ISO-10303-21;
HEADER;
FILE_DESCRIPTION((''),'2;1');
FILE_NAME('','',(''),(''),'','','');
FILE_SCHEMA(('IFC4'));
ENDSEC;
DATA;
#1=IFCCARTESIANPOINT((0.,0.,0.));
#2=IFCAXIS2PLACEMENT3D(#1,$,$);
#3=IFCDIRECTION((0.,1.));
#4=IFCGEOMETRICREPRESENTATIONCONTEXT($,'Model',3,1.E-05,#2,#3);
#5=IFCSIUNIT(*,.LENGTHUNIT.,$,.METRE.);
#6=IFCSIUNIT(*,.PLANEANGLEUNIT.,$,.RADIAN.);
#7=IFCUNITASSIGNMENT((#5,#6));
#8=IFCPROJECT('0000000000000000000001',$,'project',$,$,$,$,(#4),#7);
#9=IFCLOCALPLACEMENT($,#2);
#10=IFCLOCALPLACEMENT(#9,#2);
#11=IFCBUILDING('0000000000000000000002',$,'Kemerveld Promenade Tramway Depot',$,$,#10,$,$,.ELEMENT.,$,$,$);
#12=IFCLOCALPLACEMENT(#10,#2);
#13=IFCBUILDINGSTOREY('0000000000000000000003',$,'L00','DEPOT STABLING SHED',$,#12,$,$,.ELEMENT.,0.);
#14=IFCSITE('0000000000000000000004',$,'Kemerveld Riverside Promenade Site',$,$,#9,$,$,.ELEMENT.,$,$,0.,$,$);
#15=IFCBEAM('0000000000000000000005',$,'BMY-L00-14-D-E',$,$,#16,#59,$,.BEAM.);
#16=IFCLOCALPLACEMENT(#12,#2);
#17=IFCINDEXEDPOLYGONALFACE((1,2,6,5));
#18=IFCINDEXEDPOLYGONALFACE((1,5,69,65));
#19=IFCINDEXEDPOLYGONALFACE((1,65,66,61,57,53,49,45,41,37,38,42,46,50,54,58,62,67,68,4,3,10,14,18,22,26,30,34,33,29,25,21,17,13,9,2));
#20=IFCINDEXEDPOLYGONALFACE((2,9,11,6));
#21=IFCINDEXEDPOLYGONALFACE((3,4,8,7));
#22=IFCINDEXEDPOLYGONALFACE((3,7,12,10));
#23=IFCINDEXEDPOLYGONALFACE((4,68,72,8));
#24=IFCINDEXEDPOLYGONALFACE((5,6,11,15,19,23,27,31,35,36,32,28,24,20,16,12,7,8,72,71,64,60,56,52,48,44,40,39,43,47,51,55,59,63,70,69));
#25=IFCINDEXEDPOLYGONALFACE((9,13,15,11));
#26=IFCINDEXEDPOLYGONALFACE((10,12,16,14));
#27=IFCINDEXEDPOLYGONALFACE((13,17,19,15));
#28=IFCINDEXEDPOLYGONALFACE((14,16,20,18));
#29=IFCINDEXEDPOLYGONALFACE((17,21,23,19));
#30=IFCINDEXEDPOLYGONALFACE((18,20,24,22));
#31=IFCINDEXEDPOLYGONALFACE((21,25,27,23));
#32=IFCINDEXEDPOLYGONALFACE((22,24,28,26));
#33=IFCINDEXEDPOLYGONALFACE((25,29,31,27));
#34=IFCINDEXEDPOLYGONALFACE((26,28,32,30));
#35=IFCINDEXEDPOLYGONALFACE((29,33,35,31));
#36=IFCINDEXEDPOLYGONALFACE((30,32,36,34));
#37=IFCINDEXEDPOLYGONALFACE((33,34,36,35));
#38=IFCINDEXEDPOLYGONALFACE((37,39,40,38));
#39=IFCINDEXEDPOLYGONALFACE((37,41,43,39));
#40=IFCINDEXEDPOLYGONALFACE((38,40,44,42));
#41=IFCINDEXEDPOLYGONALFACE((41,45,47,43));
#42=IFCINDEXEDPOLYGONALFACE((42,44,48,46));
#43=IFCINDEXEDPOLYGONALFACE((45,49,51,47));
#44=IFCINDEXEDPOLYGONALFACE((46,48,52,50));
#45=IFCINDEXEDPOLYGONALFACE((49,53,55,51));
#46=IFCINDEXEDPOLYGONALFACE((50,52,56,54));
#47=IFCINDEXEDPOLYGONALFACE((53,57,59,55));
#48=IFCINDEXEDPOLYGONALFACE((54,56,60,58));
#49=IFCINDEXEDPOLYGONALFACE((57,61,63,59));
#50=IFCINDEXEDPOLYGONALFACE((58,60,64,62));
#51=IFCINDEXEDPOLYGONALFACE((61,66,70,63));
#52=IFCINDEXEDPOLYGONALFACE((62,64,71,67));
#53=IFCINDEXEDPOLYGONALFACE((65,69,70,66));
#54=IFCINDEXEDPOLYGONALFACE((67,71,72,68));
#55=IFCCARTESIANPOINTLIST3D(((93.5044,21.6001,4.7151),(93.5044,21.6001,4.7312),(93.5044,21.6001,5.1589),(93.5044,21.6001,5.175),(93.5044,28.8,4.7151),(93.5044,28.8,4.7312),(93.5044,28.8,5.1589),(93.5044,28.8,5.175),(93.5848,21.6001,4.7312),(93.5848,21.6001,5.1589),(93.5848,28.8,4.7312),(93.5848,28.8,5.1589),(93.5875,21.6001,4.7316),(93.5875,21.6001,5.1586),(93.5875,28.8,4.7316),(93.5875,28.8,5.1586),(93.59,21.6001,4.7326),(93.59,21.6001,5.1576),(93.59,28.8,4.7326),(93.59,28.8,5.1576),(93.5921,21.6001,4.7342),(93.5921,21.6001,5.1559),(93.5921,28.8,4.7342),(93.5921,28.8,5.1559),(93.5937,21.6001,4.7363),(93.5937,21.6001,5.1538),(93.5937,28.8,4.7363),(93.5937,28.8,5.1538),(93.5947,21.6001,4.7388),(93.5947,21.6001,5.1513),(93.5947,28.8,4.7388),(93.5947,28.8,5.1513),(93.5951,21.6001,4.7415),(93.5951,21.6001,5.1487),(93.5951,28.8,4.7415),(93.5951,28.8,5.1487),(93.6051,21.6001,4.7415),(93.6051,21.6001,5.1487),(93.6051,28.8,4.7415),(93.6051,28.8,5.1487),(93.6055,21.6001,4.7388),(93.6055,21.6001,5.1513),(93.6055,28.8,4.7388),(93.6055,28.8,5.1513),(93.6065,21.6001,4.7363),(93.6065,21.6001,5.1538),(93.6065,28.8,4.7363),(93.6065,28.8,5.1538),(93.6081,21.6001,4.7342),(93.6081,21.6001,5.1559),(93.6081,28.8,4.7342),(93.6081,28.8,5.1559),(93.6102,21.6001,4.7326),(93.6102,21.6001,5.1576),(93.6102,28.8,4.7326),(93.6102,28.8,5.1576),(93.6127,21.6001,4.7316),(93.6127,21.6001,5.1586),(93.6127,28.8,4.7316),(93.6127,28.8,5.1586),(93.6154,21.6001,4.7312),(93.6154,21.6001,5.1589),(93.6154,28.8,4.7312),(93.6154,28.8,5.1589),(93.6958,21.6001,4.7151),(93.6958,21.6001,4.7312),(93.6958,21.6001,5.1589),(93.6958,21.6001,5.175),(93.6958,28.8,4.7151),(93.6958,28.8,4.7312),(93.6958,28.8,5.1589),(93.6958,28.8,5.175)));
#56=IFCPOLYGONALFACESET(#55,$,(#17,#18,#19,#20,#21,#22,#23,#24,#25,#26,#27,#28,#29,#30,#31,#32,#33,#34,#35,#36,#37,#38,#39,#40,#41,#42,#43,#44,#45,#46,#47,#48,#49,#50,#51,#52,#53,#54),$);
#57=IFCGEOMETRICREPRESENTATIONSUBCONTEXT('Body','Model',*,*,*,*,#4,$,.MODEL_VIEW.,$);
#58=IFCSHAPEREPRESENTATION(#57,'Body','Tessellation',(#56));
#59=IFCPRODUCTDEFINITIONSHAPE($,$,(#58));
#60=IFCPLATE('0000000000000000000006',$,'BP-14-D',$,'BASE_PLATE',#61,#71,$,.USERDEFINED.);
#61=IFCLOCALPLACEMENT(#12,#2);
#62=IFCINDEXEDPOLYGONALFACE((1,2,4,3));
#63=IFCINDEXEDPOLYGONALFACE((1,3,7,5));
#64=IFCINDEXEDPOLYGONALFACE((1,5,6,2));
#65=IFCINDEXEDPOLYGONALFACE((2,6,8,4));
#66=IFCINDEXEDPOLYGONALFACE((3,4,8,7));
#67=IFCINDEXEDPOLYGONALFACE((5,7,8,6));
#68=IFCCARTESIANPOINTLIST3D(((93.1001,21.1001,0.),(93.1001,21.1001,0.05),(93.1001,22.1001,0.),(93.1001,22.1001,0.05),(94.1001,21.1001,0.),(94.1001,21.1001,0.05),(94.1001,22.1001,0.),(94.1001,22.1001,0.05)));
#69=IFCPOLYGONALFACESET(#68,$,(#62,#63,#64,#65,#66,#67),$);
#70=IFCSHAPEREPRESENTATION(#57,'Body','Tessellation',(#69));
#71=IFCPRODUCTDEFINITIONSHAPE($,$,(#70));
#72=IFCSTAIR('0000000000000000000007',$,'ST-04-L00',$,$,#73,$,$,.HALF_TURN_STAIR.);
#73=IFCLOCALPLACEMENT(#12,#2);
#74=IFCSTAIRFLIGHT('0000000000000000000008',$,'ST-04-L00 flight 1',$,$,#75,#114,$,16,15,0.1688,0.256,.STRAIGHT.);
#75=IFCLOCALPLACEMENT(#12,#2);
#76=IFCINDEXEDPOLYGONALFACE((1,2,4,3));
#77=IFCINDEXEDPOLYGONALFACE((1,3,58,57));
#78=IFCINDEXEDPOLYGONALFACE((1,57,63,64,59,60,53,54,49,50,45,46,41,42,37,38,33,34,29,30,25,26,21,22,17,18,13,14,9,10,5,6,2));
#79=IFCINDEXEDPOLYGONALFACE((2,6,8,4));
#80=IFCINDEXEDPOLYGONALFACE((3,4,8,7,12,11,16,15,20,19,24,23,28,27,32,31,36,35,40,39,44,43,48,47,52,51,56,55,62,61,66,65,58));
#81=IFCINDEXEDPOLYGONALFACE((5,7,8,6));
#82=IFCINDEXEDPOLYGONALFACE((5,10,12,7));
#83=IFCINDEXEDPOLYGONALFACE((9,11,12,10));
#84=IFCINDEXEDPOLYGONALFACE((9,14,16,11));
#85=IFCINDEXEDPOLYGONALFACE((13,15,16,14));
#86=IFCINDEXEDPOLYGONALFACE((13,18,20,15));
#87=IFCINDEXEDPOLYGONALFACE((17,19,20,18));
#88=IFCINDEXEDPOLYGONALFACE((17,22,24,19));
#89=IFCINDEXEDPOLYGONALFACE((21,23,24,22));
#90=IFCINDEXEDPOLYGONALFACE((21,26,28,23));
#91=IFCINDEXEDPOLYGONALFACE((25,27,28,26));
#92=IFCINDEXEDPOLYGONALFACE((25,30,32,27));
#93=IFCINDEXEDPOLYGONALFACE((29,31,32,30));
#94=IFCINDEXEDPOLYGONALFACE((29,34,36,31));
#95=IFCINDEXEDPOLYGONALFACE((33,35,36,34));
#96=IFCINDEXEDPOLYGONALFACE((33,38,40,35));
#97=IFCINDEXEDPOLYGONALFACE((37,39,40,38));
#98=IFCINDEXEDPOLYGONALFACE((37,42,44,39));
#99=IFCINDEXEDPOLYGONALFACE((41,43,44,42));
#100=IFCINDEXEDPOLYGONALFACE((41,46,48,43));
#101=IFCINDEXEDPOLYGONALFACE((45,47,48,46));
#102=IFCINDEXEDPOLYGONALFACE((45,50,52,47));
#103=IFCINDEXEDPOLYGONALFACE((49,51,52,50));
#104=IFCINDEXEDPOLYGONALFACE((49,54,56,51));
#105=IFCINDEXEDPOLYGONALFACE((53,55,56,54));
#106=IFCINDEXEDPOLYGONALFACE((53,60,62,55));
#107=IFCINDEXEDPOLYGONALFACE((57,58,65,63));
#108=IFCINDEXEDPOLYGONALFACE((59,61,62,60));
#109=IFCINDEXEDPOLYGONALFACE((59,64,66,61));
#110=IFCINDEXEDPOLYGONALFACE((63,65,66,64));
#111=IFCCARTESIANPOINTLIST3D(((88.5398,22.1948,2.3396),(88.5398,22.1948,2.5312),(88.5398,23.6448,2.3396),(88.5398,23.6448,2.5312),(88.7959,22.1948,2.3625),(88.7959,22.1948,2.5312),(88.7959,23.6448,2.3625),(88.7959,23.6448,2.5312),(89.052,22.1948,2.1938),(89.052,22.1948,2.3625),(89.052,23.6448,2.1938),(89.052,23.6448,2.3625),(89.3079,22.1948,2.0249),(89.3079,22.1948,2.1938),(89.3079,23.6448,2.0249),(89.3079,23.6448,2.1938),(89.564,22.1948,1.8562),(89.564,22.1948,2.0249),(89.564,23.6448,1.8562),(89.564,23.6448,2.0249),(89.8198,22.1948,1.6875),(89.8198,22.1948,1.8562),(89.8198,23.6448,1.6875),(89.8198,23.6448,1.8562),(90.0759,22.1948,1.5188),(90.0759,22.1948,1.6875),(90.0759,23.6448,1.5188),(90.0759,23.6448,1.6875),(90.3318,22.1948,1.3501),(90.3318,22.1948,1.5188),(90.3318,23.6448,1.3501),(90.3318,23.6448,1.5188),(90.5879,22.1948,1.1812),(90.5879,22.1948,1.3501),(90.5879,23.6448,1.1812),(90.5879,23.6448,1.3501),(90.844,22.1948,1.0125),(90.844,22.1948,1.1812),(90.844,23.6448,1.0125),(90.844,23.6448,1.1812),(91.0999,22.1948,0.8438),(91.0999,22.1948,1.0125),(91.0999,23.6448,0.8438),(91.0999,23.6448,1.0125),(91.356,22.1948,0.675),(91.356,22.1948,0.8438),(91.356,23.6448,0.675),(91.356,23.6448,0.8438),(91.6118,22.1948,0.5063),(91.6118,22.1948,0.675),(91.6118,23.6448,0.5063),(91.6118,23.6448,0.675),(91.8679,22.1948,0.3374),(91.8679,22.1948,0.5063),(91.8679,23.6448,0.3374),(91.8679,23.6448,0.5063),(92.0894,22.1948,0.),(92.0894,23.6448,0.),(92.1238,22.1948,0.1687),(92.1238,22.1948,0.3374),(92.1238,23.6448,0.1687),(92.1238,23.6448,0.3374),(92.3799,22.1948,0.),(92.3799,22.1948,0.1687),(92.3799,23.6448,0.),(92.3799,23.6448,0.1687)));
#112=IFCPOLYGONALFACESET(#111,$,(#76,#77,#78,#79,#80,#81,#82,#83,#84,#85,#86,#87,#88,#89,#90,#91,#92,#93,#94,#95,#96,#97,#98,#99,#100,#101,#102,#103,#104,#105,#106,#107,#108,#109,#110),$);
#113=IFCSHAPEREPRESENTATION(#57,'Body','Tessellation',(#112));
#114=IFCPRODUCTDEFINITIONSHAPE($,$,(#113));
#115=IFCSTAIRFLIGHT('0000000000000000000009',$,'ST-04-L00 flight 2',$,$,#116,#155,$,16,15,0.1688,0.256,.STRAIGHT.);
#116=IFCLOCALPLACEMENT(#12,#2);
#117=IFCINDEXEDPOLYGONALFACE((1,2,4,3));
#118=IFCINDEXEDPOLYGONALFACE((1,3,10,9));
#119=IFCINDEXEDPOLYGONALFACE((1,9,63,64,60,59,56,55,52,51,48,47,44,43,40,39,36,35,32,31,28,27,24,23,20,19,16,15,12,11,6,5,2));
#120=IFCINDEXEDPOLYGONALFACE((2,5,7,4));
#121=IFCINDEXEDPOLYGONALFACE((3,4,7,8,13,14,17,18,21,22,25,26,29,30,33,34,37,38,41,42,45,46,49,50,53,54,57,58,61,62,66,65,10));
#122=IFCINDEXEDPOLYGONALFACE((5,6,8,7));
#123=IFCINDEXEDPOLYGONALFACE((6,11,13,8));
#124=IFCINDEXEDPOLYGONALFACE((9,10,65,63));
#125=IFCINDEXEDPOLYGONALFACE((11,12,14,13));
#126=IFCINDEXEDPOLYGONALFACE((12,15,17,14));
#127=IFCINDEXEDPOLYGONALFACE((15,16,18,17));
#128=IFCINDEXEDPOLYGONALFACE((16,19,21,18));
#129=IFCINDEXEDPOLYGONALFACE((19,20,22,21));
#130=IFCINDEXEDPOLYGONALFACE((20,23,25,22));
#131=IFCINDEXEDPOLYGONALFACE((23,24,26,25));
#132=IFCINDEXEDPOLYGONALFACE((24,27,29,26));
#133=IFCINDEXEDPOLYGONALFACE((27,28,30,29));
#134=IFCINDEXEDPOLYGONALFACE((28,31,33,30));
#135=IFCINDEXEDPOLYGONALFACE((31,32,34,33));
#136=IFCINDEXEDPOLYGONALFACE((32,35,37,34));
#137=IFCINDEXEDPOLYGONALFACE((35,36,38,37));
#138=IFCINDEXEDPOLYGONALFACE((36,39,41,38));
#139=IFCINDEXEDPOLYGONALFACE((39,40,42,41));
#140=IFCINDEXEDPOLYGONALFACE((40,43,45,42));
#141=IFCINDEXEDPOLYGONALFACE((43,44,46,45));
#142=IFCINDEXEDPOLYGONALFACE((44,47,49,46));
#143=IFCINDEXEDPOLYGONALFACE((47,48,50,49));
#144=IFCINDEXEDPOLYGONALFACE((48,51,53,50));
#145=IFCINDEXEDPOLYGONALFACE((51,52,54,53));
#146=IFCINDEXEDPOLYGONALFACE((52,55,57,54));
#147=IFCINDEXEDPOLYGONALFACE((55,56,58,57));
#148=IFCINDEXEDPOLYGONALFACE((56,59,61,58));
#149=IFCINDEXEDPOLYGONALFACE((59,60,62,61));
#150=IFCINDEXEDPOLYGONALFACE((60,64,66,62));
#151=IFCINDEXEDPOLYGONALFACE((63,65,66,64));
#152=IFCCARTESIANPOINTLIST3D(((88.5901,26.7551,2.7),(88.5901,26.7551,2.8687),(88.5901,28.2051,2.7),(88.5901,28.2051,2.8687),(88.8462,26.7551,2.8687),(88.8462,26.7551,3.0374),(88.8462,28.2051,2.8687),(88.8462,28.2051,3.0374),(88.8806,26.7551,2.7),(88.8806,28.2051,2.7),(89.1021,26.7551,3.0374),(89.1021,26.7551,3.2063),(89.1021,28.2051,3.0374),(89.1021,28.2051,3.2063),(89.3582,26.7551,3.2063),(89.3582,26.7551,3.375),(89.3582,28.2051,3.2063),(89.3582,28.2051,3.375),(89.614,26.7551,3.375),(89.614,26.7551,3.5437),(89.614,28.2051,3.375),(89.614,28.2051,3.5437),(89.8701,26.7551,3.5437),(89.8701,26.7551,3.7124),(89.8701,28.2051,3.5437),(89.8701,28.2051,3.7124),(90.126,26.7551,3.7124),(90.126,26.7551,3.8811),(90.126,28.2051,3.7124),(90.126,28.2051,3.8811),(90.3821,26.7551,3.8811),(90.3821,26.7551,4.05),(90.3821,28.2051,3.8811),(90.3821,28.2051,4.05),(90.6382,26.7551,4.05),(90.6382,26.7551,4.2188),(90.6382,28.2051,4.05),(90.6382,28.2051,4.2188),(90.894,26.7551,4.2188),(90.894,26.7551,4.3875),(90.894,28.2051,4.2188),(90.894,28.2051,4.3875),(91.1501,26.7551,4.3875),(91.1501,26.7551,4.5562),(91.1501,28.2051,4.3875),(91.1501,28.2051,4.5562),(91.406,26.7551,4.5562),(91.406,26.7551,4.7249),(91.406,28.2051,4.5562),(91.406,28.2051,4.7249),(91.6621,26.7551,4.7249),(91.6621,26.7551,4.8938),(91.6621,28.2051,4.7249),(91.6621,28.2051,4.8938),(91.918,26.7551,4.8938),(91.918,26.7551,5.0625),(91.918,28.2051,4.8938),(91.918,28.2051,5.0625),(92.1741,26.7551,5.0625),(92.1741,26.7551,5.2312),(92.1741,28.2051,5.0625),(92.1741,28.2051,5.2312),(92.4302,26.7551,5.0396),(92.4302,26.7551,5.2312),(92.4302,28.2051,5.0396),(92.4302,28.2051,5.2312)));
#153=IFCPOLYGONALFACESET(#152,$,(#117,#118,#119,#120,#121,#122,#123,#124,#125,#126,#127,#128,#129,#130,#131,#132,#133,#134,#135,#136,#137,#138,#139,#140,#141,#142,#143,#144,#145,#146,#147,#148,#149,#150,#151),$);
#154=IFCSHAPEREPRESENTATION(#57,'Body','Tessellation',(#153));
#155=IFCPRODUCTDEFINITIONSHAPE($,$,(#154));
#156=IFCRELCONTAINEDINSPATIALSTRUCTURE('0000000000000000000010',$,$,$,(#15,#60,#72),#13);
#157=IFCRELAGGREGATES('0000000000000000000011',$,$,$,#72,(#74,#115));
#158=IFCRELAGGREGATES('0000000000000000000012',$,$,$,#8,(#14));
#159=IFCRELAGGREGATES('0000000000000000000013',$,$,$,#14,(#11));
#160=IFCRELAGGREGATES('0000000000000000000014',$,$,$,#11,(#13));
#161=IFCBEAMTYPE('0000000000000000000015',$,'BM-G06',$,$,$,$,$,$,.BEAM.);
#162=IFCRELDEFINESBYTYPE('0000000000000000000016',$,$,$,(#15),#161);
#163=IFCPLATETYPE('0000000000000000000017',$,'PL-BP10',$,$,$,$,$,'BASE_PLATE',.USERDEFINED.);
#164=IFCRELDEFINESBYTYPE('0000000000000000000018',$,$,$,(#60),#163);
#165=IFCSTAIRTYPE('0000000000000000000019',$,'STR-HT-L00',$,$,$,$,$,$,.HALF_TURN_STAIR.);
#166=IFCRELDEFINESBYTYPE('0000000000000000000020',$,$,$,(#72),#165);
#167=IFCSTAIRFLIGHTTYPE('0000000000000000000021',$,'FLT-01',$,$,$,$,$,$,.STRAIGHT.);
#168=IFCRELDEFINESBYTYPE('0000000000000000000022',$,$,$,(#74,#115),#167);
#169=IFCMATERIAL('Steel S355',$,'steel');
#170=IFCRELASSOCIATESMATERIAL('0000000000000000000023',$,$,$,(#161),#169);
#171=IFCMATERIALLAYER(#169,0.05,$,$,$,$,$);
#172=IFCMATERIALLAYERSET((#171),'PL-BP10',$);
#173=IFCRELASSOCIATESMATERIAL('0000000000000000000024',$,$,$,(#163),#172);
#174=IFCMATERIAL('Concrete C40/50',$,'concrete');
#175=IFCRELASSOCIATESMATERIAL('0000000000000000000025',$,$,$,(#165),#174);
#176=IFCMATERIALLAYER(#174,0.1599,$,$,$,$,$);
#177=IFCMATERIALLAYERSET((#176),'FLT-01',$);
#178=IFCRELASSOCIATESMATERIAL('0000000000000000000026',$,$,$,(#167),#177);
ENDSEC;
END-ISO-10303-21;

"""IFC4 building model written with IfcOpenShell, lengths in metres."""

from ifc_helpers import new_model, si_unit, direction, frame, origin, origin_2d, place, context, subcontext, project, spatial, polyline, rectangle, i_section, outline, extrude, material, layer, layer_set, material_profile, profile_set, type_object, element, aggregate, save


model = new_model("IFC4")

# Units and contexts
model_context = context("Model", 3, precision=1e-05, world=origin(), true_north=direction((0.0, 1.0)))
body_context = subcontext(model_context, "Body", "Model", "MODEL_VIEW")
ifc_project = project(units=[si_unit("LENGTHUNIT", "METRE"), si_unit("PLANEANGLEUNIT", "RADIAN")], contexts=[model_context])

# Site, building, storey
site_placement = place(None, origin())
site = spatial("IfcSite", under=ifc_project, at=site_placement, Name="Kemerveld Riverside Promenade Site", CompositionType="ELEMENT", RefElevation=0.0)
building_placement = place(site_placement, origin())
building = spatial("IfcBuilding", under=site, at=building_placement, Name="Kemerveld Promenade Tramway Depot", CompositionType="ELEMENT")
storey_placement = place(building_placement, origin())
storey = spatial("IfcBuildingStorey", under=building, at=storey_placement, Name="L00", Description="DEPOT STABLING SHED", CompositionType="ELEMENT", Elevation=0.0)

# Shared definitions
ifc_material_1 = material(Name="Steel S355", Category="steel")

# Beam
ifc_material_profile_1 = material_profile(ifc_material_1, i_section(OverallWidth=0.1914, OverallDepth=0.46, WebThickness=0.01, FlangeThickness=0.0161, FilletRadius=0.0103, at=origin_2d()), Name="457x191x82 UB")
ifc_profile_set_1 = profile_set([ifc_material_profile_1], Name="Steel S355")
beam_type_1 = type_object("IfcBeamType", Name="BM-G06", PredefinedType="BEAM", material=ifc_profile_set_1)
beam_1_placement = place(storey_placement, frame((93.6001, 21.6001, 4.9451), z_axis=(0.0, 1.0, 0.0), x_axis=(-1.0, 0.0, 0.0)))
element("IfcBeam", 1, at=beam_1_placement, inside=storey, type_object=beam_type_1, Name="BMY-L00-14-D-E", PredefinedType="BEAM", context=body_context, shape_type="SweptSolid", body=[
    extrude(i_section(OverallWidth=0.1914, OverallDepth=0.46, WebThickness=0.01, FlangeThickness=0.0161, FilletRadius=0.0103, at=origin_2d()), origin(), (0.0, 0.0, 1.0), 7.2),
])

# Plate
ifc_layer_1 = layer(ifc_material_1, 0.05)
ifc_layer_set_1 = layer_set([ifc_layer_1], Name="PL-BP10")
plate_type = type_object("IfcPlateType", Name="PL-BP10", ElementType="BASE_PLATE", PredefinedType="USERDEFINED", material=ifc_layer_set_1)
plate_placement = place(storey_placement, frame((93.6001, 21.6001, 0.0), z_axis=(0.0, 0.0, 1.0), x_axis=(1.0, 0.0, 0.0)))
element("IfcPlate", 2, at=plate_placement, inside=storey, type_object=plate_type, Name="BP-14-D", ObjectType="BASE_PLATE", PredefinedType="USERDEFINED", context=body_context, shape_type="SweptSolid", body=[
    extrude(rectangle(XDim=1.0, YDim=1.0, at=origin_2d()), origin(), (0.0, 0.0, 1.0), 0.05),
])

# Shared definitions
ifc_material_2 = material(Name="Concrete C40/50", Category="concrete")

# Stair, stair flights
stair_type = type_object("IfcStairType", Name="STR-HT-L00", PredefinedType="HALF_TURN_STAIR", material=ifc_material_2)
stair_placement = place(storey_placement, origin())
stair = element("IfcStair", 3, at=stair_placement, inside=storey, type_object=stair_type, Name="ST-04-L00", PredefinedType="HALF_TURN_STAIR")
ifc_layer_2 = layer(ifc_material_2, 0.1599)
ifc_layer_set_2 = layer_set([ifc_layer_2], Name="FLT-01")
stair_flight_type = type_object("IfcStairFlightType", Name="FLT-01", PredefinedType="STRAIGHT", material=ifc_layer_set_2)
stair_flight_1_placement = place(storey_placement, frame((92.3799, 22.9199, 0.0), z_axis=(0.0, 0.0, 1.0), x_axis=(-1.0, 0.0, 0.0)))
stair_flight_1 = element("IfcStairFlight", 4, at=stair_flight_1_placement, type_object=stair_flight_type, Name="ST-04-L00 flight 1", NumberOfRisers=16, NumberOfTreads=15, PredefinedType="STRAIGHT", RiserHeight=0.1688, TreadLength=0.256, context=body_context, shape_type="SweptSolid", body=[
    extrude(outline(polyline([(0.0, 0.0), (0.0, 0.1687), (0.2561, 0.1687), (0.2561, 0.3374), (0.512, 0.3374), (0.512, 0.5063), (0.7681, 0.5063), (0.7681, 0.675), (1.0239, 0.675), (1.0239, 0.8438), (1.28, 0.8438), (1.28, 1.0125), (1.5359, 1.0125), (1.5359, 1.1812), (1.792, 1.1812), (1.792, 1.3501), (2.0481, 1.3501), (2.0481, 1.5188), (2.304, 1.5188), (2.304, 1.6875), (2.5601, 1.6875), (2.5601, 1.8562), (2.8159, 1.8562), (2.8159, 2.0249), (3.072, 2.0249), (3.072, 2.1938), (3.3279, 2.1938), (3.3279, 2.3625), (3.584, 2.3625), (3.584, 2.5312), (3.8401, 2.5312), (3.8401, 2.7), (3.8401, 2.3396), (0.2905, 0.0), (0.0, 0.0)])), frame((0.0, 0.7251, 0.0), z_axis=(0.0, -1.0, 0.0), x_axis=(1.0, 0.0, 0.0)), (0.0, 0.0, 1.0), 1.45),
])
stair_flight_2_placement = place(storey_placement, frame((88.5901, 27.48, 2.7), z_axis=(0.0, 0.0, 1.0), x_axis=(1.0, 0.0, 0.0)))
stair_flight_2 = element("IfcStairFlight", 5, at=stair_flight_2_placement, type_object=stair_flight_type, Name="ST-04-L00 flight 2", NumberOfRisers=16, NumberOfTreads=15, PredefinedType="STRAIGHT", RiserHeight=0.1688, TreadLength=0.256, context=body_context, shape_type="SweptSolid", body=[
    extrude(outline(polyline([(0.0, 0.0), (0.0, 0.1687), (0.2561, 0.1687), (0.2561, 0.3374), (0.512, 0.3374), (0.512, 0.5063), (0.7681, 0.5063), (0.7681, 0.675), (1.0239, 0.675), (1.0239, 0.8438), (1.28, 0.8438), (1.28, 1.0125), (1.5359, 1.0125), (1.5359, 1.1812), (1.792, 1.1812), (1.792, 1.3501), (2.0481, 1.3501), (2.0481, 1.5188), (2.304, 1.5188), (2.304, 1.6875), (2.5601, 1.6875), (2.5601, 1.8562), (2.8159, 1.8562), (2.8159, 2.0249), (3.072, 2.0249), (3.072, 2.1938), (3.3279, 2.1938), (3.3279, 2.3625), (3.584, 2.3625), (3.584, 2.5312), (3.8401, 2.5312), (3.8401, 2.7), (3.8401, 2.3396), (0.2905, 0.0), (0.0, 0.0)])), frame((0.0, 0.7251, 0.0), z_axis=(0.0, -1.0, 0.0), x_axis=(1.0, 0.0, 0.0)), (0.0, 0.0, 1.0), 1.45),
])
aggregate(stair, [stair_flight_1, stair_flight_2])

save(model, "model.ifc")
